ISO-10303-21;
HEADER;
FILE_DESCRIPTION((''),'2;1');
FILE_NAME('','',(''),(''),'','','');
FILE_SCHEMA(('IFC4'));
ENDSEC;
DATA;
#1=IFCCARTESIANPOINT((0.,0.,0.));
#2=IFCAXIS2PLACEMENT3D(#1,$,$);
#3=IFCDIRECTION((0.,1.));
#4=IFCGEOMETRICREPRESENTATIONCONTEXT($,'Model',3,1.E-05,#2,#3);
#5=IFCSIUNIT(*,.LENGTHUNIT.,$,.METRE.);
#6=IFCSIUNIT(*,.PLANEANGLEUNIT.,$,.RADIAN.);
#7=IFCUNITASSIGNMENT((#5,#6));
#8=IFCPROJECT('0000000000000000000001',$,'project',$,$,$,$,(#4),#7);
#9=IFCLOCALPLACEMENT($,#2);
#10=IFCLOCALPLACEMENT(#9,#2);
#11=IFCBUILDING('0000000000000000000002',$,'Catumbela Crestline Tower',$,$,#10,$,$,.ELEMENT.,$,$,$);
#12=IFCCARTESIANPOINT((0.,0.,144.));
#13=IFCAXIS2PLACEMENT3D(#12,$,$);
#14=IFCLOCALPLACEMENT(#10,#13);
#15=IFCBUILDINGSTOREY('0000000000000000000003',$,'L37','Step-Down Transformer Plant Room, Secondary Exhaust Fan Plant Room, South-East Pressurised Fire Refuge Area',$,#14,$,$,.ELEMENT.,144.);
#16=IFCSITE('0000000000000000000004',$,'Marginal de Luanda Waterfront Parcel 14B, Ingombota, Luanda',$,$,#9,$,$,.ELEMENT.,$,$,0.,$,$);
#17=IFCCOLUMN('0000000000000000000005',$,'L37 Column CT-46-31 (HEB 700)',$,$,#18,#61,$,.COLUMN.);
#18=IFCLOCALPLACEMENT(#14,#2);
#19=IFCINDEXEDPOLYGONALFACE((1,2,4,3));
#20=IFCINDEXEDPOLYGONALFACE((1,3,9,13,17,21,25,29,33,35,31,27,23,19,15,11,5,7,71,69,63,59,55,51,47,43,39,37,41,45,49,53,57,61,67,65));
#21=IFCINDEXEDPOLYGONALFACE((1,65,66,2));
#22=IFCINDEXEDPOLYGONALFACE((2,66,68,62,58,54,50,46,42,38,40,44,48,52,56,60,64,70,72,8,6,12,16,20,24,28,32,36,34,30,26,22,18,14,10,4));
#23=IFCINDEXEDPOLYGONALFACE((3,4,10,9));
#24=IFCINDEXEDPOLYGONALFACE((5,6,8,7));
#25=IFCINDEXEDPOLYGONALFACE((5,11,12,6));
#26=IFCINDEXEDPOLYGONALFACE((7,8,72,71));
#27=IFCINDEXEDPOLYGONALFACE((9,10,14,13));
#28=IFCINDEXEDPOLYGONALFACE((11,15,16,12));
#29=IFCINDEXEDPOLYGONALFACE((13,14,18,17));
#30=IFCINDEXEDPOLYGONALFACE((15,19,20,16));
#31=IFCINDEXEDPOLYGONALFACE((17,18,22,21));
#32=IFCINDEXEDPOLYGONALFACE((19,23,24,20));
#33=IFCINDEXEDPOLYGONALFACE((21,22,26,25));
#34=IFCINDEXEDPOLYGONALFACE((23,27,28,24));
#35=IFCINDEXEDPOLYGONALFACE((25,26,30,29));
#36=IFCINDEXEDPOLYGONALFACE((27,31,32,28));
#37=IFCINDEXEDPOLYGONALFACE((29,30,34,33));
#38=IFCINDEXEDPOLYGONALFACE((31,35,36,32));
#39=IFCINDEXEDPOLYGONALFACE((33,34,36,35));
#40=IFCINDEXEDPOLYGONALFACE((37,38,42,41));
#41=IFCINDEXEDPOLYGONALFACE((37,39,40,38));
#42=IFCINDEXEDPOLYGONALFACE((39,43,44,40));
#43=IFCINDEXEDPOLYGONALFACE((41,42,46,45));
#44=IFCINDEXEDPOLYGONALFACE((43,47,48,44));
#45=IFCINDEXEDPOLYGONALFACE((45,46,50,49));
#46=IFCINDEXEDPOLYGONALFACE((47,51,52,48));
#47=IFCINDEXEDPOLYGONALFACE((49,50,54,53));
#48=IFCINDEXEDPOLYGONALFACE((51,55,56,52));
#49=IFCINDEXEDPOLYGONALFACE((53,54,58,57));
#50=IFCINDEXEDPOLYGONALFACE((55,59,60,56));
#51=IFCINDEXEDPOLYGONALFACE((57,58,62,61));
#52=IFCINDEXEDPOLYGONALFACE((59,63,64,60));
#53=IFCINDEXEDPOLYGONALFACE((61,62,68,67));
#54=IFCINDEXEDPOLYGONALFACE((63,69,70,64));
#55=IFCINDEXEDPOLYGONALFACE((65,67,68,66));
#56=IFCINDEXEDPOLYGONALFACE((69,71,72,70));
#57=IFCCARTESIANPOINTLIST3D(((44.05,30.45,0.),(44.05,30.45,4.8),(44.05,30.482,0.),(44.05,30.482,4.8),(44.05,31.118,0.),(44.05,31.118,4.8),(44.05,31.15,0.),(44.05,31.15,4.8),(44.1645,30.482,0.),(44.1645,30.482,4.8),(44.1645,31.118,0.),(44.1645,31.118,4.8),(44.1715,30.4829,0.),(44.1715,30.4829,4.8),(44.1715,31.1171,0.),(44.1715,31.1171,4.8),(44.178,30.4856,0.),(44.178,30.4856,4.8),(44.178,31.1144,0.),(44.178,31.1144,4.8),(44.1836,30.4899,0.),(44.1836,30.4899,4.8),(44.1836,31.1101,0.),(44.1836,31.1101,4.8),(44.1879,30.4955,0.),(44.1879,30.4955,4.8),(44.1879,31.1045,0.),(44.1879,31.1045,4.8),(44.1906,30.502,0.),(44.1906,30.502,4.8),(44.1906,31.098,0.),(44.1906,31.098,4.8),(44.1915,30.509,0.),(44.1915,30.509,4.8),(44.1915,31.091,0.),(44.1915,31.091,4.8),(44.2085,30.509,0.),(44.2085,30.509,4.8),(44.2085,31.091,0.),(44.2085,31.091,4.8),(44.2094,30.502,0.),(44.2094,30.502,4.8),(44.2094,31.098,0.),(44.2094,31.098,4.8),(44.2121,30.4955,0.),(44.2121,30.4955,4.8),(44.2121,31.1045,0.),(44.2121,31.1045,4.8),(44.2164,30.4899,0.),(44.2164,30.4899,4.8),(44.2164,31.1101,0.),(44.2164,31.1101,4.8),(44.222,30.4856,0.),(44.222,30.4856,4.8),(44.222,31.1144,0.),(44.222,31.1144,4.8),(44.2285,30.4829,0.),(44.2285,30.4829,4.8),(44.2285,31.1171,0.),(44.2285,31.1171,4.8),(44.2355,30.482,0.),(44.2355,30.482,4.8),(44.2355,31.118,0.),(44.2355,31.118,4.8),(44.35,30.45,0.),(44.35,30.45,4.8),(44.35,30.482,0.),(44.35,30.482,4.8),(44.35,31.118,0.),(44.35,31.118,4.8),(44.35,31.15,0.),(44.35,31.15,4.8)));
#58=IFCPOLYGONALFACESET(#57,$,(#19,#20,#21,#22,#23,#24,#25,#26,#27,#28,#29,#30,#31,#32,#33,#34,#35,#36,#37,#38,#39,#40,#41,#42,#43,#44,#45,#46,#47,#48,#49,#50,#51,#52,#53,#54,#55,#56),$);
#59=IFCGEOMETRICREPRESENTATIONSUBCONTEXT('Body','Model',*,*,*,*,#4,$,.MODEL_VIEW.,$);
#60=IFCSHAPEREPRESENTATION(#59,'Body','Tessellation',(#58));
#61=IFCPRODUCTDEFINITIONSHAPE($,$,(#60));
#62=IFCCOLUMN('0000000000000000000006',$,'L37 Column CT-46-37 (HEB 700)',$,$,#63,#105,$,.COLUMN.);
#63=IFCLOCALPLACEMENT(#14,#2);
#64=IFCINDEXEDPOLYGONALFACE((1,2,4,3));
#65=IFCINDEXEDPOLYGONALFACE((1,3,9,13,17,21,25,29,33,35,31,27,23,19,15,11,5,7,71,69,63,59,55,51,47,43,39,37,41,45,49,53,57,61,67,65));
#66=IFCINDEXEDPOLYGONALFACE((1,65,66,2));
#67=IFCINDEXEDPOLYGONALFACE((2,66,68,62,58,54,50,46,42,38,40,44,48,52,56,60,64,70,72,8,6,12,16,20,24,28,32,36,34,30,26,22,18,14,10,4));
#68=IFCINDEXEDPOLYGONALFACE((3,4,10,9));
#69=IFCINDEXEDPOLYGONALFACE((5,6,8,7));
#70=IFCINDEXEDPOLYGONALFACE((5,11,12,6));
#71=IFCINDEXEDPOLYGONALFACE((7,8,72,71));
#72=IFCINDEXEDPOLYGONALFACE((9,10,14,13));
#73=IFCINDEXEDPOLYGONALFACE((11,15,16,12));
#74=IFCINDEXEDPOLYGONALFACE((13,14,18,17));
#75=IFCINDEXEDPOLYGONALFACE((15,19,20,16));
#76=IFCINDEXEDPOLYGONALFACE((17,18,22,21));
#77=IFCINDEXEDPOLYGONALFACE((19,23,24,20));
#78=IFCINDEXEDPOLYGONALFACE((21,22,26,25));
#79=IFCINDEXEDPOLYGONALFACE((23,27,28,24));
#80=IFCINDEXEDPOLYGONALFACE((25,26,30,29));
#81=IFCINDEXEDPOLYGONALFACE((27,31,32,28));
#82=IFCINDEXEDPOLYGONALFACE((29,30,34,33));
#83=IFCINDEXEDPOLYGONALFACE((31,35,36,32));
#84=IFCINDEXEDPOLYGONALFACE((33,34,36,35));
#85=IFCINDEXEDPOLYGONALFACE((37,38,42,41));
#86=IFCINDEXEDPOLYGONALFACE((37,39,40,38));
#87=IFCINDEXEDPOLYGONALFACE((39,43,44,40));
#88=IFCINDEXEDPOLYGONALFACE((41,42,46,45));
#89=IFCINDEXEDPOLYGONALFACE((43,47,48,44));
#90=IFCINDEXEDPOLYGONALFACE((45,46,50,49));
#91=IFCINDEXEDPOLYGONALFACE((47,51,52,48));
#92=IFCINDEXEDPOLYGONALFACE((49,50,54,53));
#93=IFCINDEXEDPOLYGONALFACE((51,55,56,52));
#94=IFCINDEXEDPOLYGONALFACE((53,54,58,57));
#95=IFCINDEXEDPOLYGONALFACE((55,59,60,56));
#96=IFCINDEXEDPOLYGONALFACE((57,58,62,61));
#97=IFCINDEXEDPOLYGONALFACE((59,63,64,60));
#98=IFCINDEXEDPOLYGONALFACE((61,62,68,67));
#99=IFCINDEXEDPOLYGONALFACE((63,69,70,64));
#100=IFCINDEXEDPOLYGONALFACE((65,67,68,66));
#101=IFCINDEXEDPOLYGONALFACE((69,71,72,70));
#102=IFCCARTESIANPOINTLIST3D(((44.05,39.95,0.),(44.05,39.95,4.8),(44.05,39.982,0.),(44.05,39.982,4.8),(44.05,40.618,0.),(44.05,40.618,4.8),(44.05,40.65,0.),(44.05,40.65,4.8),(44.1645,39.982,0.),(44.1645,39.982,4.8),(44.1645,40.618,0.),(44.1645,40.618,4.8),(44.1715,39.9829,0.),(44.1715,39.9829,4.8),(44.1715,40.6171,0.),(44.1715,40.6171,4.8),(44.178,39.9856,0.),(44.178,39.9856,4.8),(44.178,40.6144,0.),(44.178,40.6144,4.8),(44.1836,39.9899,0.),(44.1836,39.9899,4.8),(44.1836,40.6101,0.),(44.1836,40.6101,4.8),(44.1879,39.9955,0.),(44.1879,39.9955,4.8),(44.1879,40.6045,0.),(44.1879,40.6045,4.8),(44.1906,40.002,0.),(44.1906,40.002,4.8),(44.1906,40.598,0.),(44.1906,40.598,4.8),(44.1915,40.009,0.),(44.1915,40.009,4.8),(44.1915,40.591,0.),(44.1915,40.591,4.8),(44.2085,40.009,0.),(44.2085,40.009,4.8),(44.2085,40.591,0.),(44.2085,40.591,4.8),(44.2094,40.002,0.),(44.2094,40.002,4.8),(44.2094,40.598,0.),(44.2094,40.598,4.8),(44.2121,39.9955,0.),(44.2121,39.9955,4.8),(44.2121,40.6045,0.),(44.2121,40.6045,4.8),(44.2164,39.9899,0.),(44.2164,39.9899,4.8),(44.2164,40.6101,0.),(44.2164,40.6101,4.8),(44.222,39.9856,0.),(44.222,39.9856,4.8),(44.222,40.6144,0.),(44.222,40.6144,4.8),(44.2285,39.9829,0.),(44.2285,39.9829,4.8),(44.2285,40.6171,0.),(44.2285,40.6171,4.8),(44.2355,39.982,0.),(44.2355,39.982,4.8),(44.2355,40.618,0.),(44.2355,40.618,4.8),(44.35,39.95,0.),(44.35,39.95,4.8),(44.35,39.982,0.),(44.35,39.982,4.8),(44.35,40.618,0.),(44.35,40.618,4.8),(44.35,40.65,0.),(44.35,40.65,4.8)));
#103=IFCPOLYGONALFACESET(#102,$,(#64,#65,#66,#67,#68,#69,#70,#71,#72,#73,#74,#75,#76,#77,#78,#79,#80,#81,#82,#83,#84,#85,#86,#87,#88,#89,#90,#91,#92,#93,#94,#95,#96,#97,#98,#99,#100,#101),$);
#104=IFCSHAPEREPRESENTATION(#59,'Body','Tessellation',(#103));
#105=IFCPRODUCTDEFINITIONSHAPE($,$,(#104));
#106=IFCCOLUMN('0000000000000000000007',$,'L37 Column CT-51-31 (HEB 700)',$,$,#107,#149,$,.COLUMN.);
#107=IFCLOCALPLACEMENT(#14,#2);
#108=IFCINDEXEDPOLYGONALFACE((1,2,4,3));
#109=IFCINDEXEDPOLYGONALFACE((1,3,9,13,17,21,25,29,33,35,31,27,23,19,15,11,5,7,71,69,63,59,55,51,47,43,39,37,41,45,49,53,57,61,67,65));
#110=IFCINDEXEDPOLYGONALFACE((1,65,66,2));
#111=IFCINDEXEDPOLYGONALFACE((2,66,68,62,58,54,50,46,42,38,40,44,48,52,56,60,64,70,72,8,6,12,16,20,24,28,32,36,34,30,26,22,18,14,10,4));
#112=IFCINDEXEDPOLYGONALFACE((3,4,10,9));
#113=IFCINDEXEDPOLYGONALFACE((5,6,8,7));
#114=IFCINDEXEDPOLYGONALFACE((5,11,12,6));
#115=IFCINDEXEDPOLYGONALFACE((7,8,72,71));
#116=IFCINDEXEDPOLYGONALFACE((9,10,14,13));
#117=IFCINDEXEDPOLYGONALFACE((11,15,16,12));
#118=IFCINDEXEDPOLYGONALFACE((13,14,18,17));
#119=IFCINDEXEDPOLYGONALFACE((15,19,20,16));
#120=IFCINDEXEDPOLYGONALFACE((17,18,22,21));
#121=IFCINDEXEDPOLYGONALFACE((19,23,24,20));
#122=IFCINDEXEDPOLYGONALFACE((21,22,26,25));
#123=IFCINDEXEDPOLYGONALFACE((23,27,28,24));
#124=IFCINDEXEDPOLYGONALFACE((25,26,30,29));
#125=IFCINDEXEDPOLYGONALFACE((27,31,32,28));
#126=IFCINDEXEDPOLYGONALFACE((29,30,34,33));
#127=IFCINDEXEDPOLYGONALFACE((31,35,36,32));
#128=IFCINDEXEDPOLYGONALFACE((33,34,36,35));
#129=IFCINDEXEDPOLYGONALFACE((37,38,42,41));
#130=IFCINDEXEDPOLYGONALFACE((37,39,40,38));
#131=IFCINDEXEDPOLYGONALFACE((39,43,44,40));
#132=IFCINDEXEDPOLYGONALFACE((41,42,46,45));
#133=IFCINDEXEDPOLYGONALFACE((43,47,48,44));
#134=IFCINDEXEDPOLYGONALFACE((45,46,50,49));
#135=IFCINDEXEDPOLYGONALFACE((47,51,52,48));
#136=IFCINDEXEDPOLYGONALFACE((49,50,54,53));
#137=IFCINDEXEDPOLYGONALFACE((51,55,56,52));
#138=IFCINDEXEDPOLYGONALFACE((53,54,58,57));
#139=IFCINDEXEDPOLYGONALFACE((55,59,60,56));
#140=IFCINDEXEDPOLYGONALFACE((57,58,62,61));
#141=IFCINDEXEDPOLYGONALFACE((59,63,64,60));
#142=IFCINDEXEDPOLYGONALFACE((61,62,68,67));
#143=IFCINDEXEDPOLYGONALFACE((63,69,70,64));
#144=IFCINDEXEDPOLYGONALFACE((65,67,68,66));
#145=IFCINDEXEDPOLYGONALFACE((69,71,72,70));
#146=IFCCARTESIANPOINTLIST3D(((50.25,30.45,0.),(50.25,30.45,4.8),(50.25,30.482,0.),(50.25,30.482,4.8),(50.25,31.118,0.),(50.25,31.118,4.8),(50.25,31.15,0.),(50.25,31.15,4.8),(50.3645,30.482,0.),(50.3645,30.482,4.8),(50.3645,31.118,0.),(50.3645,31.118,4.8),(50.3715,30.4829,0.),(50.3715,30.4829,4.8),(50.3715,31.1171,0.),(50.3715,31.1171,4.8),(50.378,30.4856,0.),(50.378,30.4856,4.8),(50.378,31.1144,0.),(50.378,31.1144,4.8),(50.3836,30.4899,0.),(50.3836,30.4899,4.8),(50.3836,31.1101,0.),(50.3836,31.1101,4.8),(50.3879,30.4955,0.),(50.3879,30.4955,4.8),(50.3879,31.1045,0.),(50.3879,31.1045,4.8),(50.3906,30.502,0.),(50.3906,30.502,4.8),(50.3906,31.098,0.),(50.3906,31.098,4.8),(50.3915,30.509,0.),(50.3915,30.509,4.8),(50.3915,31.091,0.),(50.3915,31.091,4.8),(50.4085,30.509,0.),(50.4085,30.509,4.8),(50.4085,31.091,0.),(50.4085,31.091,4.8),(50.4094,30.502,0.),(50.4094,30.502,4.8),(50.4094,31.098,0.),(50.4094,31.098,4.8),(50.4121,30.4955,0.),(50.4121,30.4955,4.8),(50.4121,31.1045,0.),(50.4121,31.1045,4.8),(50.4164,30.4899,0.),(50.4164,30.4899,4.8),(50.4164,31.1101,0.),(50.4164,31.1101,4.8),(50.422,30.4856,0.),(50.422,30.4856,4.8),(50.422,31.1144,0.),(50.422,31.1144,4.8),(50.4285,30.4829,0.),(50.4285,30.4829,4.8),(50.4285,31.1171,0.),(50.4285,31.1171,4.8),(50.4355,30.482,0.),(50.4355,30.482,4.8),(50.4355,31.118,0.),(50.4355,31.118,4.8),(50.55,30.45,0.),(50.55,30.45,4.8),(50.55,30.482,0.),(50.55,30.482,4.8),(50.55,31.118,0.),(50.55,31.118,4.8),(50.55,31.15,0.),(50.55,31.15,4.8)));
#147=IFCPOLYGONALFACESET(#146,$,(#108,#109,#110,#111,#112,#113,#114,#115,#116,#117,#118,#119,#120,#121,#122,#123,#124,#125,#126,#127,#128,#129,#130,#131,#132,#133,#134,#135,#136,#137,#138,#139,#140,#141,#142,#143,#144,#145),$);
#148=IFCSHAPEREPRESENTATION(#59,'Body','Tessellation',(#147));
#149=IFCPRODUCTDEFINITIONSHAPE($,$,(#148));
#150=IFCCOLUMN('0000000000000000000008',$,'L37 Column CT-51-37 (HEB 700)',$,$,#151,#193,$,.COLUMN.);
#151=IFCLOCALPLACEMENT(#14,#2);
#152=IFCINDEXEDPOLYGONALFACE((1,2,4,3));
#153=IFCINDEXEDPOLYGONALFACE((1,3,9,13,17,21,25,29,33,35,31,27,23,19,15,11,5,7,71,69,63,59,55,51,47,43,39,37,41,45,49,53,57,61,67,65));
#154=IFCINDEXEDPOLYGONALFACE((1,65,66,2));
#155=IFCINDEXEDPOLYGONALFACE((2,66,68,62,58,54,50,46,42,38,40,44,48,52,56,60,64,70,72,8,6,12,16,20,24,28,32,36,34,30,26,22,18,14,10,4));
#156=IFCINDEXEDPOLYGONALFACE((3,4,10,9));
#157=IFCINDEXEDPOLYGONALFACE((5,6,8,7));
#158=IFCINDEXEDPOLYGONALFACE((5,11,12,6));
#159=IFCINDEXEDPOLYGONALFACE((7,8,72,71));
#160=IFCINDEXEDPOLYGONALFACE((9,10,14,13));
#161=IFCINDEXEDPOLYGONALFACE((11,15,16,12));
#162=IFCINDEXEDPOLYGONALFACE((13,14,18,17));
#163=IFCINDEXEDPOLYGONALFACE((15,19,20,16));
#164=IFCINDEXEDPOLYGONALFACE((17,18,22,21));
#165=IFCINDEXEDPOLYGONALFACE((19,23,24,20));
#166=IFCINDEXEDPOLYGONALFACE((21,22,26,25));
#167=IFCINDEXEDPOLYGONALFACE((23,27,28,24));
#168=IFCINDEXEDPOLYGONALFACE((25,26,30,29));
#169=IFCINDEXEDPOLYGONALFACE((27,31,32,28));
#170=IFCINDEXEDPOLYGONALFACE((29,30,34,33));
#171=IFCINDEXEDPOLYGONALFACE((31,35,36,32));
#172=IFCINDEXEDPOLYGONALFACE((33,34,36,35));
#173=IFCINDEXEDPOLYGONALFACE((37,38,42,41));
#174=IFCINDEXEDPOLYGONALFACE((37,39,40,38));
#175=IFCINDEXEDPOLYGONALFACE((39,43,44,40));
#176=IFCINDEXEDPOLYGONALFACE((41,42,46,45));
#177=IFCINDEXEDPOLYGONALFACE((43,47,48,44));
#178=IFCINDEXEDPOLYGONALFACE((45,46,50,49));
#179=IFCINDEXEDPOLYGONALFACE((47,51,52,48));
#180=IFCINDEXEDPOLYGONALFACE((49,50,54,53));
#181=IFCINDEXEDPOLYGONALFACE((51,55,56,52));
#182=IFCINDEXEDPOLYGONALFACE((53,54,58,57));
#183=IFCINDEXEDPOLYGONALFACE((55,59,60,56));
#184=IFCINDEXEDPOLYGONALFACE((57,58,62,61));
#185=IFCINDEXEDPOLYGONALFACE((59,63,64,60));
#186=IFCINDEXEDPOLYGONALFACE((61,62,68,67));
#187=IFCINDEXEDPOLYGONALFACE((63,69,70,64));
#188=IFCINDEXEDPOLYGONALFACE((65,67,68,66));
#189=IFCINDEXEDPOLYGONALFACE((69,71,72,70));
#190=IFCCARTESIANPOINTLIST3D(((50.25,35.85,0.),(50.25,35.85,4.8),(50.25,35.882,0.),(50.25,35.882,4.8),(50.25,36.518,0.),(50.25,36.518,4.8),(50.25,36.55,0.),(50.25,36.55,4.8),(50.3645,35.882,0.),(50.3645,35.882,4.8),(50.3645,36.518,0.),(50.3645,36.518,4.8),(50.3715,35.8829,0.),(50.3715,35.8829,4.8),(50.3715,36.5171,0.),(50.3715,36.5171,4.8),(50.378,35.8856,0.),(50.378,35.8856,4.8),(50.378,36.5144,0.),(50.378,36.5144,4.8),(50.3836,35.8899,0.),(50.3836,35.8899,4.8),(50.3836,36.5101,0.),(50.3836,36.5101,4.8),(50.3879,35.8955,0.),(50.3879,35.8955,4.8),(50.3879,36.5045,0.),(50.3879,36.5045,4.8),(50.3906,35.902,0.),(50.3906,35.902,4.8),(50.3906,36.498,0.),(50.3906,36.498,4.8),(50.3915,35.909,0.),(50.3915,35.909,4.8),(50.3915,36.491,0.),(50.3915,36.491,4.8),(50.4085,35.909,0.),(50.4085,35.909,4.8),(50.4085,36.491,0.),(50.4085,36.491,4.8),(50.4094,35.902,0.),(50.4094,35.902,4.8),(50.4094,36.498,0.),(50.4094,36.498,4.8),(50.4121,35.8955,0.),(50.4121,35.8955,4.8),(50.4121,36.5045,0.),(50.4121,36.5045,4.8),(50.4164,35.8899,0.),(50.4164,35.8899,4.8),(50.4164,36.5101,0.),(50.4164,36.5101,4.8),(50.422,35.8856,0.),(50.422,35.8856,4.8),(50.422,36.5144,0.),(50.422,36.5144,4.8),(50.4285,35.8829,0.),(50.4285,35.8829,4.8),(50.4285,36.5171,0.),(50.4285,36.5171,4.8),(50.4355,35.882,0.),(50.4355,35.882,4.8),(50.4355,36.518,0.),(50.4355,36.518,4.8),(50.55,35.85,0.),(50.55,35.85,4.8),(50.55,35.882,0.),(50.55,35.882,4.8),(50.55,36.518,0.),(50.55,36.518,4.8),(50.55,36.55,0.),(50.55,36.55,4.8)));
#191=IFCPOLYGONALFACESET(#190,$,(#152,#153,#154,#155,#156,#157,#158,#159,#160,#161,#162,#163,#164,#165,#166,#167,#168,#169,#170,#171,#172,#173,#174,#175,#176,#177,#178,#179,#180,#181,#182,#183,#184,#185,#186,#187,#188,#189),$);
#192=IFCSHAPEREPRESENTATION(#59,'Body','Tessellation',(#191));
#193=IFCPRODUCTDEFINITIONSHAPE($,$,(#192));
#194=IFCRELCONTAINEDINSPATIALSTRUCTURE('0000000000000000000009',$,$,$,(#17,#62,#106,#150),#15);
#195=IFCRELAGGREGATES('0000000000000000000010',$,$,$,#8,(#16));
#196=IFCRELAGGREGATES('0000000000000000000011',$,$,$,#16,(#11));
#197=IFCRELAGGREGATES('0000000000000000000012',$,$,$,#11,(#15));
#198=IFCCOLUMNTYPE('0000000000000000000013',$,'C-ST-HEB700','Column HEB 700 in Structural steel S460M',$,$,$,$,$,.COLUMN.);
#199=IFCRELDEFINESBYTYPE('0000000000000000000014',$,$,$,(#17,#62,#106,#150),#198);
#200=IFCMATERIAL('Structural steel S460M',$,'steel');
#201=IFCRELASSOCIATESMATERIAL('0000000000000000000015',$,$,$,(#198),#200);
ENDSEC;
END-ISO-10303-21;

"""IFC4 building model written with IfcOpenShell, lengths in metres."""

from ifc_helpers import new_model, si_unit, direction, frame, origin, origin_2d, place, context, subcontext, project, spatial, i_section, extrude, material, material_profile, profile_set, type_object, element, save


model = new_model("IFC4")

# Units and contexts
model_context = context("Model", 3, precision=1e-05, world=origin(), true_north=direction((0.0, 1.0)))
body_context = subcontext(model_context, "Body", "Model", "MODEL_VIEW")
ifc_project = project(units=[si_unit("LENGTHUNIT", "METRE"), si_unit("PLANEANGLEUNIT", "RADIAN")], contexts=[model_context])

# Site, building, storey
site_placement = place(None, origin())
site = spatial("IfcSite", under=ifc_project, at=site_placement, Name="Marginal de Luanda Waterfront Parcel 14B, Ingombota, Luanda", CompositionType="ELEMENT", RefElevation=0.0)
building_placement = place(site_placement, origin())
building = spatial("IfcBuilding", under=site, at=building_placement, Name="Catumbela Crestline Tower", CompositionType="ELEMENT")
storey_placement = place(building_placement, frame((0.0, 0.0, 144.0)))
storey = spatial("IfcBuildingStorey", under=building, at=storey_placement, Name="L37", Description="Step-Down Transformer Plant Room, Secondary Exhaust Fan Plant Room, South-East Pressurised Fire Refuge Area", CompositionType="ELEMENT", Elevation=144.0)

# Columns
ifc_material_1 = material(Name="Structural steel S460M", Category="steel")
ifc_material_profile_1 = material_profile(ifc_material_1, i_section(OverallWidth=0.3, OverallDepth=0.7, WebThickness=0.017, FlangeThickness=0.032, FilletRadius=0.027, at=origin_2d()), Name="HEB 700")
ifc_profile_set_1 = profile_set([ifc_material_profile_1], Name="Structural steel S460M")
column_type_1 = type_object("IfcColumnType", Name="C-ST-HEB700", Description="Column HEB 700 in Structural steel S460M", PredefinedType="COLUMN", material=ifc_profile_set_1)
for number, where, z_axis, x_axis, name in (
    (1, (44.2, 30.8, 0.0), (0.0, 0.0, 1.0), (1.0, 0.0, 0.0), "L37 Column CT-46-31 (HEB 700)"),
    (2, (44.2, 40.3, 0.0), (0.0, 0.0, 1.0), (1.0, 0.0, 0.0), "L37 Column CT-46-37 (HEB 700)"),
    (3, (50.4, 30.8, 0.0), (0.0, 0.0, 1.0), (1.0, 0.0, 0.0), "L37 Column CT-51-31 (HEB 700)"),
    (4, (50.4, 36.2, 0.0), (0.0, 0.0, 1.0), (1.0, 0.0, 0.0), "L37 Column CT-51-37 (HEB 700)"),
):
    element("IfcColumn", number, at=place(storey_placement, frame(where, z_axis=z_axis, x_axis=x_axis)), inside=storey, type_object=column_type_1, Name=name, PredefinedType="COLUMN", context=body_context, shape_type="SweptSolid", body=[
        extrude(i_section(OverallWidth=0.3, OverallDepth=0.7, WebThickness=0.017, FlangeThickness=0.032, FilletRadius=0.027, at=origin_2d()), origin(), (0.0, 0.0, 1.0), 4.8),
    ])

save(model, "model.ifc")
